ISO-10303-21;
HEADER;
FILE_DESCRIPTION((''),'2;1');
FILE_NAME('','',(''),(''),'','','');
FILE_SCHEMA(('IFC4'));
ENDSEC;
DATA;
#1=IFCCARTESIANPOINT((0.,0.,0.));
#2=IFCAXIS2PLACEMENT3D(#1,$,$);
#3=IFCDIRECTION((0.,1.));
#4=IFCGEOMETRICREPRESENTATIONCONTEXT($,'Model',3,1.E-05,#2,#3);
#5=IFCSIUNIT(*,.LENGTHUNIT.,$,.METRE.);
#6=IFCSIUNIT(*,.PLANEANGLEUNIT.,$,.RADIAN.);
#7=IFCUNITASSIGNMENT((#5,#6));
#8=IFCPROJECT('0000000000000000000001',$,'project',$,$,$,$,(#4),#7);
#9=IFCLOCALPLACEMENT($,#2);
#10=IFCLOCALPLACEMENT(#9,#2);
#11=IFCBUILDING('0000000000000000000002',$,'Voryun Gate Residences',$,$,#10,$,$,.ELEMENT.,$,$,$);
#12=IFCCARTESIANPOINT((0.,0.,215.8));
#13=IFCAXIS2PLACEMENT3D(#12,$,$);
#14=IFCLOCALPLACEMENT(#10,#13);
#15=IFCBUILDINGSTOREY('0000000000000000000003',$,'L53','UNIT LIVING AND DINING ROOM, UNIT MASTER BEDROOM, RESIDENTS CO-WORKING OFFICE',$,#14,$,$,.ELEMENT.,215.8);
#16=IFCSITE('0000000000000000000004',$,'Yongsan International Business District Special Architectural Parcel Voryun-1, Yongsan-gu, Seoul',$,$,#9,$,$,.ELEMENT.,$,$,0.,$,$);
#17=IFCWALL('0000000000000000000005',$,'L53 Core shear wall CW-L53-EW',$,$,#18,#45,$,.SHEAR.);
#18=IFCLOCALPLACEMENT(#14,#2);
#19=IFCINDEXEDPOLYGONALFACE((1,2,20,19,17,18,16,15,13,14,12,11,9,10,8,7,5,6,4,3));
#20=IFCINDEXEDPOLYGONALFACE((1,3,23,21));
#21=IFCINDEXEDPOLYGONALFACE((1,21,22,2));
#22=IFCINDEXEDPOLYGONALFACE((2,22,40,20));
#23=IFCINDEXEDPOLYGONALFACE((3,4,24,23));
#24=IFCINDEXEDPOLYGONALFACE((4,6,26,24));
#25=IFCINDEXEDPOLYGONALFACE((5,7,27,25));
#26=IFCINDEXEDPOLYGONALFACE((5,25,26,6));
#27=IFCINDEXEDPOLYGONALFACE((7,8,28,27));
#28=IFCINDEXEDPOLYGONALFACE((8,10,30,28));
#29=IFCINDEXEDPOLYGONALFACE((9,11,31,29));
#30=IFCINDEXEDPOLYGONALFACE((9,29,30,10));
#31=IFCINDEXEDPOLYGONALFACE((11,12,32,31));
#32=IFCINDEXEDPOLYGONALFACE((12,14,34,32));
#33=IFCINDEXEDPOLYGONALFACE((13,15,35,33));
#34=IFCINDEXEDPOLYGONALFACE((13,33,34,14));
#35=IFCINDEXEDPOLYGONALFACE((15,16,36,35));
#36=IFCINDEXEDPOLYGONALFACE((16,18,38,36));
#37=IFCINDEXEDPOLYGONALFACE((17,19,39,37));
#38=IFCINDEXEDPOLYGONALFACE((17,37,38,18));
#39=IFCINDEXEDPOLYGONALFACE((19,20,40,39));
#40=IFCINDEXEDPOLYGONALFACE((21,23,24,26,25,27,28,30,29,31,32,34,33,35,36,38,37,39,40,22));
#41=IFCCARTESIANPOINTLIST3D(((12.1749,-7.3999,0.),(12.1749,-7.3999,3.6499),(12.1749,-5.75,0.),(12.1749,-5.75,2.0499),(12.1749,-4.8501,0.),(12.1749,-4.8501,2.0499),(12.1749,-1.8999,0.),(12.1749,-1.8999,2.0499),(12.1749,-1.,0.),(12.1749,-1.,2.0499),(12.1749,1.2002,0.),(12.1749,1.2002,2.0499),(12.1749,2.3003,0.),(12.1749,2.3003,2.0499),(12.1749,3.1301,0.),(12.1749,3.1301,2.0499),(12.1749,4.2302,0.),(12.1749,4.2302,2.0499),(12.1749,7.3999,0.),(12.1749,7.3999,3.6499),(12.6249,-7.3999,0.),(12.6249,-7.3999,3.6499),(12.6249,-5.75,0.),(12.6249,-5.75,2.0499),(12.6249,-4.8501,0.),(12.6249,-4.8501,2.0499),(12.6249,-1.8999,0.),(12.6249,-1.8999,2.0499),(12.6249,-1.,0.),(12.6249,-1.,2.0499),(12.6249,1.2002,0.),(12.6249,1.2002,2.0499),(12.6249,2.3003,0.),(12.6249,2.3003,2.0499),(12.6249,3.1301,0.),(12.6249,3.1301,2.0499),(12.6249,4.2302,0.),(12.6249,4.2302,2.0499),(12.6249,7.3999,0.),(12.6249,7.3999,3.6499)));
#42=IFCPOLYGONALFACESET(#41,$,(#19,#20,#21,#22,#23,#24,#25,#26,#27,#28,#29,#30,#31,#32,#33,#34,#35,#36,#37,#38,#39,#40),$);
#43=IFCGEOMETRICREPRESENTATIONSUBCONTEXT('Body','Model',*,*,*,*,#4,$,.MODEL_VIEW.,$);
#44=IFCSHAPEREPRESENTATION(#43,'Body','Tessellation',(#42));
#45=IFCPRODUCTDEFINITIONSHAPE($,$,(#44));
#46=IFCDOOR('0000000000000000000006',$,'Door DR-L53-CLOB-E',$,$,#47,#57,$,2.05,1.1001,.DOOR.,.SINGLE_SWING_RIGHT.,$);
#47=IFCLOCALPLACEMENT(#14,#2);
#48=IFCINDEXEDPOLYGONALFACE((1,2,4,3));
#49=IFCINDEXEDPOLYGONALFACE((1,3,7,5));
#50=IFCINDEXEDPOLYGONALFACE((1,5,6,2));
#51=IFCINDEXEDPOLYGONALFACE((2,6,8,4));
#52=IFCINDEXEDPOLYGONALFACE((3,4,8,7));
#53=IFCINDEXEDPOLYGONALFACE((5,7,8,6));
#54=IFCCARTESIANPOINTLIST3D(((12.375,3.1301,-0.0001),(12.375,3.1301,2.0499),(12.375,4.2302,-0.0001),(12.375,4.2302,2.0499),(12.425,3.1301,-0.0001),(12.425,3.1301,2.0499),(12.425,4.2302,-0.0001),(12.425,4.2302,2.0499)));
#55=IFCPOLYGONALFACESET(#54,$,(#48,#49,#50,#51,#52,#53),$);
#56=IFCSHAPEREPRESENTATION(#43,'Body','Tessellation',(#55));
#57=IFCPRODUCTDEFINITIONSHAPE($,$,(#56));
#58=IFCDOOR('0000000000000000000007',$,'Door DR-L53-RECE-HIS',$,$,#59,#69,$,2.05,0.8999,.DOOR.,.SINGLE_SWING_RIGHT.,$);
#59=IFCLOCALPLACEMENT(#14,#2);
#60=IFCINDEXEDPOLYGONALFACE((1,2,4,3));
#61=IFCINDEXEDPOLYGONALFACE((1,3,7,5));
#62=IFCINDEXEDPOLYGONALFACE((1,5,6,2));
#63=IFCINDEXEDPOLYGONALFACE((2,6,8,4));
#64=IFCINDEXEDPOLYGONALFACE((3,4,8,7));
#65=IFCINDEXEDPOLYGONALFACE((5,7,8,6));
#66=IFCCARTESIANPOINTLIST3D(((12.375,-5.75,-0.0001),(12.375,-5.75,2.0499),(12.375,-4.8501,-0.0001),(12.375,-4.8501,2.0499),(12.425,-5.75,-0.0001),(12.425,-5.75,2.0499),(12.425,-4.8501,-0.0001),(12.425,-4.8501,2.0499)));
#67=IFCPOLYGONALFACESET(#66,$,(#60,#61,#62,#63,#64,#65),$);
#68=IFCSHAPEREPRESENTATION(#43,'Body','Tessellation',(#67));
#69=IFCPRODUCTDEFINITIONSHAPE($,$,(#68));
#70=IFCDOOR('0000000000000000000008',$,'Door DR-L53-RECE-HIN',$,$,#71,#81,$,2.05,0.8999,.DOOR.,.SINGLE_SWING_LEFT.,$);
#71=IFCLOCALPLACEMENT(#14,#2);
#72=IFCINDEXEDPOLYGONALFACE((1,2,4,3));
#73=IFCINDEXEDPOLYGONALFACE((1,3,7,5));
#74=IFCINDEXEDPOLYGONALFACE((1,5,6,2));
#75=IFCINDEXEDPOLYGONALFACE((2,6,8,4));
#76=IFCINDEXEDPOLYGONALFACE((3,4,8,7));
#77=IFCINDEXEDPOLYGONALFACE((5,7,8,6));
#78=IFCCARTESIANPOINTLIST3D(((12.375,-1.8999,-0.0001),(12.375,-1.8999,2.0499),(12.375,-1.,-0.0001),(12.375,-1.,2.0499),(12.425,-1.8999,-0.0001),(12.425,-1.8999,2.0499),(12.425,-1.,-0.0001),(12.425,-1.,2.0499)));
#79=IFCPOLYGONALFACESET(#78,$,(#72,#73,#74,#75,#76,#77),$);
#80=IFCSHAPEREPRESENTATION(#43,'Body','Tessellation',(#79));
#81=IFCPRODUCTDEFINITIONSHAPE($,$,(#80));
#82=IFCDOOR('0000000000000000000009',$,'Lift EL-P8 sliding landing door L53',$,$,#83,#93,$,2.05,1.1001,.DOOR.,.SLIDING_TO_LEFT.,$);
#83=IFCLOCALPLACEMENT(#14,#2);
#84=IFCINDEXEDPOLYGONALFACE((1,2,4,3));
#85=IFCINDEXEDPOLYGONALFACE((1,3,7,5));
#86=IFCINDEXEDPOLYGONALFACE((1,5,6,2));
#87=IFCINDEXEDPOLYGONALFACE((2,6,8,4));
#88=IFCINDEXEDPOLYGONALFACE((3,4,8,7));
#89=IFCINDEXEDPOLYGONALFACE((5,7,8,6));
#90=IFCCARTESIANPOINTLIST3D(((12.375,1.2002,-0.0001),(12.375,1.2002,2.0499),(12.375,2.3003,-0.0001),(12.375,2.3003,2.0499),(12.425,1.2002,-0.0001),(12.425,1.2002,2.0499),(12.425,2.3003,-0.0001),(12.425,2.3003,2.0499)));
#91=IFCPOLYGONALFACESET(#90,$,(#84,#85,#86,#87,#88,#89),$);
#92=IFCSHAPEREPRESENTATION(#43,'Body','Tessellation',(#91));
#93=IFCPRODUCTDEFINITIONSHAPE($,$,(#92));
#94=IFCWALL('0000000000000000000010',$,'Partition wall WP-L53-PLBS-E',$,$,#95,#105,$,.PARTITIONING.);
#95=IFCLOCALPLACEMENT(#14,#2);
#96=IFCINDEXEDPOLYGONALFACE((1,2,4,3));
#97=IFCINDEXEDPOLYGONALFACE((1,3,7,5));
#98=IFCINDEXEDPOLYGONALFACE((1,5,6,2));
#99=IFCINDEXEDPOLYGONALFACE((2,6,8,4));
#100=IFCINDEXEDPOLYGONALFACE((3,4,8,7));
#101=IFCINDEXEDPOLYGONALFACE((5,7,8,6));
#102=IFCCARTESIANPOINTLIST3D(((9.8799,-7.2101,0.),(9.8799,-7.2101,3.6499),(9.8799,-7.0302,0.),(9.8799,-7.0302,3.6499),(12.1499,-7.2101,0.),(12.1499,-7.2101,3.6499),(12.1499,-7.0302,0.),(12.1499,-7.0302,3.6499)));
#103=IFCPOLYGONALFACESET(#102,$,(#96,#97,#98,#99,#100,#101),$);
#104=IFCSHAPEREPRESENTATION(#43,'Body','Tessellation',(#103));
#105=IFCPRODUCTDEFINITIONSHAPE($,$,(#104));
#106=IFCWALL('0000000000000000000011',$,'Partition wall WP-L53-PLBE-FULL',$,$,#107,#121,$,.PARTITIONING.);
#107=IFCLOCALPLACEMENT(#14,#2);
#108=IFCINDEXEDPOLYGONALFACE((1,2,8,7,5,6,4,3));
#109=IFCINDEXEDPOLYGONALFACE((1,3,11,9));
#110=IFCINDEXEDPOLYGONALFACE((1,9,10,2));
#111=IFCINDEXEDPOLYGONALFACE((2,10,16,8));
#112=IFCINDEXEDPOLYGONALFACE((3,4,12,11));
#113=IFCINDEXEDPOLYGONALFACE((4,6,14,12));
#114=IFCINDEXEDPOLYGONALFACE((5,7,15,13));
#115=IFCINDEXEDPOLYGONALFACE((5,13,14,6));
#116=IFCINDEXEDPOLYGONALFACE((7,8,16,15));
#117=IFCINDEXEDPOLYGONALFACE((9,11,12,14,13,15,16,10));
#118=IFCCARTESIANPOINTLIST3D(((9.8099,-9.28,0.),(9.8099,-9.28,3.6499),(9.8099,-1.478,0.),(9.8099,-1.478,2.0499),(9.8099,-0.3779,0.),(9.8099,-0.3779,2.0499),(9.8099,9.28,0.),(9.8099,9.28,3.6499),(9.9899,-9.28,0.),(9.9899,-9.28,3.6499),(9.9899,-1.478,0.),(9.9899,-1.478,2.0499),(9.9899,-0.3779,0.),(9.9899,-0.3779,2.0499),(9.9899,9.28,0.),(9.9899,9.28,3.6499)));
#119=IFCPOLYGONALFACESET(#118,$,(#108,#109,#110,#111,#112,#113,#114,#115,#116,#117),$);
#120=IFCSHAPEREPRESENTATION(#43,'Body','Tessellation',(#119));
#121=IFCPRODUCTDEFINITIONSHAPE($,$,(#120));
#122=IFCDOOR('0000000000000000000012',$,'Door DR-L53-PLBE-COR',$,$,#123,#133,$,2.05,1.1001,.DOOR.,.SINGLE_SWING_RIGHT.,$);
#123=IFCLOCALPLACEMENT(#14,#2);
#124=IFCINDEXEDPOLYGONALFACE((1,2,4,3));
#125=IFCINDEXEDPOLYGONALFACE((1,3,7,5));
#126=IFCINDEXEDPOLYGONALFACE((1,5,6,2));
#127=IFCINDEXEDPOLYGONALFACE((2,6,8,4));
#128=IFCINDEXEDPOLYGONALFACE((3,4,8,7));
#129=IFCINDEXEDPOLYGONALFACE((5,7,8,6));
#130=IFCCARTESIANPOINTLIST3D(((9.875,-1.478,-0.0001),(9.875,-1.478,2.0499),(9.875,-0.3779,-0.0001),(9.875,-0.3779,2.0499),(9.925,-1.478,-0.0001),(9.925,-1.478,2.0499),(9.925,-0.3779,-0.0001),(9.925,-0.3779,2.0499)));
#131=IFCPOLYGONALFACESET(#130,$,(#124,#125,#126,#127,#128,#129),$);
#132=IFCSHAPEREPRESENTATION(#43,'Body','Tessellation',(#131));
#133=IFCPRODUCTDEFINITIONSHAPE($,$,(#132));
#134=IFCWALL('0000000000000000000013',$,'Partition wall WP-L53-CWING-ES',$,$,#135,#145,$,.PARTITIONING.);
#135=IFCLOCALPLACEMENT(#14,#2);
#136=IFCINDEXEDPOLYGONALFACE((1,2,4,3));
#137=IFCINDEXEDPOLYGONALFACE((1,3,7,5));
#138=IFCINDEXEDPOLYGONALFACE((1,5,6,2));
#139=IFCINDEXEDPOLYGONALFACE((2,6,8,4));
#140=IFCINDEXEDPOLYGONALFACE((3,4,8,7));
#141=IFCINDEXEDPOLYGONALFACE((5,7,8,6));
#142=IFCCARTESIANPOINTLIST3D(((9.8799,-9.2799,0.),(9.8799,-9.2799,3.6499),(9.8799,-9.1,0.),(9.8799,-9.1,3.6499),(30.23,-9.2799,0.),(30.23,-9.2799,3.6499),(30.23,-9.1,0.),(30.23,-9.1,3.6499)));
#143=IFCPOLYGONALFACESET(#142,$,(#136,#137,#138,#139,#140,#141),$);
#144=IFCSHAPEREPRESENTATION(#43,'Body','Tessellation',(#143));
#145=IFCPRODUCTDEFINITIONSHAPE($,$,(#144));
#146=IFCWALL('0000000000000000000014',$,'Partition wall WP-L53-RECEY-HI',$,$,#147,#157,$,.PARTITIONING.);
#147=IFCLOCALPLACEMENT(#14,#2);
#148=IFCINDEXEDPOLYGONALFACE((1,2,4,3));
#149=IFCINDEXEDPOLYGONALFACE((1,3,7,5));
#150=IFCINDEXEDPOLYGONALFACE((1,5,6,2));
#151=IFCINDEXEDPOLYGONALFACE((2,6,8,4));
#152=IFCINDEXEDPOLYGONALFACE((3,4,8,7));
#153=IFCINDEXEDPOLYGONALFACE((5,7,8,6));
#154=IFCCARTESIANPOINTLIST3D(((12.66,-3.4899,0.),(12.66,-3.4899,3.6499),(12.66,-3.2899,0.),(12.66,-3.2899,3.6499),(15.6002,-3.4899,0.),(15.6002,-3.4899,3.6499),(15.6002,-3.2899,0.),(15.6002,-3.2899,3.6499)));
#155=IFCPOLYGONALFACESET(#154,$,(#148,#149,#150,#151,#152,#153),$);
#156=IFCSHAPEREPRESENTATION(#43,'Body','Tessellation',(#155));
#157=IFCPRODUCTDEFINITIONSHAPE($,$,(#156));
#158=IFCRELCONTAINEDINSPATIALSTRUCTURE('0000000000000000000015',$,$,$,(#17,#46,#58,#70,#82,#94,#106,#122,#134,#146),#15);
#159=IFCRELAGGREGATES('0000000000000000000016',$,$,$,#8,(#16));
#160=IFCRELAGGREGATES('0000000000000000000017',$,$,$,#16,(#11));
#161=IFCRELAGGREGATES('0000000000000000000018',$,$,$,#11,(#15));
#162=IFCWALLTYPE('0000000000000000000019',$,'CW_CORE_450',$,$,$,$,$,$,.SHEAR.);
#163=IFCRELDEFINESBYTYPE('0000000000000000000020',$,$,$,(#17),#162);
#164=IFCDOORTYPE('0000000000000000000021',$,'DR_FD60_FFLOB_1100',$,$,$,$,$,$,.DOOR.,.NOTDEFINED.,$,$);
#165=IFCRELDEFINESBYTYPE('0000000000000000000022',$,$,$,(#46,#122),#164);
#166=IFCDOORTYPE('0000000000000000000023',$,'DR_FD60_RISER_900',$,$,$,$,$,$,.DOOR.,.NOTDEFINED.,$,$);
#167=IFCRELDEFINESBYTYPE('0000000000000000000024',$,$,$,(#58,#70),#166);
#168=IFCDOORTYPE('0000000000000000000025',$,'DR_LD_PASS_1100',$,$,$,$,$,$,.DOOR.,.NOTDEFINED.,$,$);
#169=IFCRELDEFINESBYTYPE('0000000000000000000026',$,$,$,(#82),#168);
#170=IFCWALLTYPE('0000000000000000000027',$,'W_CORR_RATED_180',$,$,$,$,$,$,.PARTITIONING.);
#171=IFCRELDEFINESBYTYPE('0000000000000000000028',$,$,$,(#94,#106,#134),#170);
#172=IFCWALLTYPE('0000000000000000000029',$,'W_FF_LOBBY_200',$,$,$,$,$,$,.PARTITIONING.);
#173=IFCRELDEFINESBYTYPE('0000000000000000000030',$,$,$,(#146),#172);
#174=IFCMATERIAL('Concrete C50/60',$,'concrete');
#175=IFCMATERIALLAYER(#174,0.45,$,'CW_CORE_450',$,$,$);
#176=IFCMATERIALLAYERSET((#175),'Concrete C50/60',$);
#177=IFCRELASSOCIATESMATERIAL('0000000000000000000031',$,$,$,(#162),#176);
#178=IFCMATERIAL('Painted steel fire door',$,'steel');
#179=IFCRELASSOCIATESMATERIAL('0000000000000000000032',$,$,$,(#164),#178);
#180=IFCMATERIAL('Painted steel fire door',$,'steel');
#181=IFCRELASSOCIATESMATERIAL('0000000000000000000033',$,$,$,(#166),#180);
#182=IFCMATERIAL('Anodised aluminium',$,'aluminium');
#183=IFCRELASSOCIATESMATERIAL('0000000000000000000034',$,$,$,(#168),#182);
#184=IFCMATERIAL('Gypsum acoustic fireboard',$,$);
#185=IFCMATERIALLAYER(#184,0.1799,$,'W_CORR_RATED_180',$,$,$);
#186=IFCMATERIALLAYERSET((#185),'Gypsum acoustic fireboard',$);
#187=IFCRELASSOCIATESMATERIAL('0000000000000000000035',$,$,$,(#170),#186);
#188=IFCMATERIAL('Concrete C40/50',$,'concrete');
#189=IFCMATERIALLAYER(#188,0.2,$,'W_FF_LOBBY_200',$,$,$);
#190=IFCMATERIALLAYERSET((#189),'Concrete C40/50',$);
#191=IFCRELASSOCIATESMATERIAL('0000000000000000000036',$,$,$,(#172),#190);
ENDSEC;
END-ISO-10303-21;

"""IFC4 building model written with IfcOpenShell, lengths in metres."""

from ifc_helpers import new_model, si_unit, direction, frame, frame_2d, origin, place, context, subcontext, project, spatial, rectangle, extrude, material, layer, layer_set, type_object, element, fill, save


model = new_model("IFC4")

# Units and contexts
model_context = context("Model", 3, precision=1e-05, world=origin(), true_north=direction((0.0, 1.0)))
body_context = subcontext(model_context, "Body", "Model", "MODEL_VIEW")
ifc_project = project(units=[si_unit("LENGTHUNIT", "METRE"), si_unit("PLANEANGLEUNIT", "RADIAN")], contexts=[model_context])

# Site, building, storey
site_placement = place(None, origin())
site = spatial("IfcSite", under=ifc_project, at=site_placement, Name="Yongsan International Business District Special Architectural Parcel Voryun-1, Yongsan-gu, Seoul", CompositionType="ELEMENT", RefElevation=0.0)
building_placement = place(site_placement, origin())
building = spatial("IfcBuilding", under=site, at=building_placement, Name="Voryun Gate Residences", CompositionType="ELEMENT")
storey_placement = place(building_placement, frame((0.0, 0.0, 215.8)))
storey = spatial("IfcBuildingStorey", under=building, at=storey_placement, Name="L53", Description="UNIT LIVING AND DINING ROOM, UNIT MASTER BEDROOM, RESIDENTS CO-WORKING OFFICE", CompositionType="ELEMENT", Elevation=215.8)

# Shared definitions
ifc_material_1 = material(Name="Concrete C50/60", Category="concrete")
ifc_layer_1 = layer(ifc_material_1, 0.45, Name="CW_CORE_450")
ifc_layer_set_1 = layer_set([ifc_layer_1], Name="Concrete C50/60")
wall_type_1 = type_object("IfcWallType", Name="CW_CORE_450", PredefinedType="SHEAR", material=ifc_layer_set_1)

# Wall, openings, doors
wall_1_placement = place(storey_placement, frame((12.3999, -7.3999, 0.0), z_axis=(0.0, 0.0, 1.0), x_axis=(0.0, 1.0, 0.0)))
wall_1 = element("IfcWall", 1, at=wall_1_placement, inside=storey, type_object=wall_type_1, Name="L53 Core shear wall CW-L53-EW", PredefinedType="SHEAR", context=body_context, shape_type="SweptSolid", body=[
    extrude(rectangle(XDim=14.7998, YDim=0.45, at=frame_2d((7.3999, 0.0))), origin(), (0.0, 0.0, 1.0), 3.6499),
])
opening_1_placement = place(wall_1_placement, frame((8.6001, 0.0, 0.0)))
opening_1 = element("IfcOpeningElement", 2, at=opening_1_placement, cuts=wall_1, PredefinedType="OPENING", context=body_context, shape_type="SweptSolid", body=[
    extrude(rectangle(XDim=1.1001, YDim=2.05, at=frame_2d((0.55, 1.0249))), frame((0.0, 0.2351, 0.0), z_axis=(0.0, -1.0, 0.0), x_axis=(1.0, 0.0, 0.0)), (0.0, 0.0, 1.0), 0.47),
])
opening_2_placement = place(wall_1_placement, frame((10.53, 0.0, 0.0)))
opening_2 = element("IfcOpeningElement", 3, at=opening_2_placement, cuts=wall_1, PredefinedType="OPENING", context=body_context, shape_type="SweptSolid", body=[
    extrude(rectangle(XDim=1.1001, YDim=2.05, at=frame_2d((0.55, 1.0249))), frame((0.0, 0.2351, 0.0), z_axis=(0.0, -1.0, 0.0), x_axis=(1.0, 0.0, 0.0)), (0.0, 0.0, 1.0), 0.47),
])
opening_3_placement = place(wall_1_placement, frame((1.6499, 0.0, 0.0)))
opening_3 = element("IfcOpeningElement", 4, at=opening_3_placement, cuts=wall_1, PredefinedType="OPENING", context=body_context, shape_type="SweptSolid", body=[
    extrude(rectangle(XDim=0.8999, YDim=2.05, at=frame_2d((0.45, 1.0249))), frame((0.0, 0.2351, 0.0), z_axis=(0.0, -1.0, 0.0), x_axis=(1.0, 0.0, 0.0)), (0.0, 0.0, 1.0), 0.47),
])
opening_4_placement = place(wall_1_placement, frame((5.5, 0.0, 0.0)))
opening_4 = element("IfcOpeningElement", 5, at=opening_4_placement, cuts=wall_1, PredefinedType="OPENING", context=body_context, shape_type="SweptSolid", body=[
    extrude(rectangle(XDim=0.8999, YDim=2.05, at=frame_2d((0.45, 1.0249))), frame((0.0, 0.2351, 0.0), z_axis=(0.0, -1.0, 0.0), x_axis=(1.0, 0.0, 0.0)), (0.0, 0.0, 1.0), 0.47),
])
ifc_material_2 = material(Name="Painted steel fire door", Category="steel")
door_type_1 = type_object("IfcDoorType", Name="DR_FD60_FFLOB_1100", OperationType="NOTDEFINED", PredefinedType="DOOR", material=ifc_material_2)
door_1_placement = place(opening_2_placement, origin())
door_1 = element("IfcDoor", 6, at=door_1_placement, inside=storey, type_object=door_type_1, Name="Door DR-L53-CLOB-E", OperationType="SINGLE_SWING_RIGHT", OverallHeight=2.05, OverallWidth=1.1001, PredefinedType="DOOR", context=body_context, shape_type="SweptSolid", body=[
    extrude(rectangle(XDim=1.1001, YDim=2.05, at=frame_2d((0.55, 1.0249))), frame((0.0, 0.0249, 0.0), z_axis=(0.0, -1.0, 0.0), x_axis=(1.0, 0.0, 0.0)), (0.0, 0.0, 1.0), 0.05),
])
fill(opening_2, door_1)
ifc_material_3 = material(Name="Painted steel fire door", Category="steel")
door_type_2 = type_object("IfcDoorType", Name="DR_FD60_RISER_900", OperationType="NOTDEFINED", PredefinedType="DOOR", material=ifc_material_3)
door_2_placement = place(opening_3_placement, origin())
door_2 = element("IfcDoor", 7, at=door_2_placement, inside=storey, type_object=door_type_2, Name="Door DR-L53-RECE-HIS", OperationType="SINGLE_SWING_RIGHT", OverallHeight=2.05, OverallWidth=0.8999, PredefinedType="DOOR", context=body_context, shape_type="SweptSolid", body=[
    extrude(rectangle(XDim=0.8999, YDim=2.05, at=frame_2d((0.45, 1.0249))), frame((0.0, 0.0249, 0.0), z_axis=(0.0, -1.0, 0.0), x_axis=(1.0, 0.0, 0.0)), (0.0, 0.0, 1.0), 0.05),
])
fill(opening_3, door_2)
door_3_placement = place(opening_4_placement, origin())
door_3 = element("IfcDoor", 8, at=door_3_placement, inside=storey, type_object=door_type_2, Name="Door DR-L53-RECE-HIN", OperationType="SINGLE_SWING_LEFT", OverallHeight=2.05, OverallWidth=0.8999, PredefinedType="DOOR", context=body_context, shape_type="SweptSolid", body=[
    extrude(rectangle(XDim=0.8999, YDim=2.05, at=frame_2d((0.45, 1.0249))), frame((0.0, 0.0249, 0.0), z_axis=(0.0, -1.0, 0.0), x_axis=(1.0, 0.0, 0.0)), (0.0, 0.0, 1.0), 0.05),
])
fill(opening_4, door_3)
ifc_material_4 = material(Name="Anodised aluminium", Category="aluminium")
door_type_3 = type_object("IfcDoorType", Name="DR_LD_PASS_1100", OperationType="NOTDEFINED", PredefinedType="DOOR", material=ifc_material_4)
door_4_placement = place(opening_1_placement, origin())
door_4 = element("IfcDoor", 9, at=door_4_placement, inside=storey, type_object=door_type_3, Name="Lift EL-P8 sliding landing door L53", OperationType="SLIDING_TO_LEFT", OverallHeight=2.05, OverallWidth=1.1001, PredefinedType="DOOR", context=body_context, shape_type="SweptSolid", body=[
    extrude(rectangle(XDim=1.1001, YDim=2.05, at=frame_2d((0.55, 1.0249))), frame((0.0, 0.0249, 0.0), z_axis=(0.0, -1.0, 0.0), x_axis=(1.0, 0.0, 0.0)), (0.0, 0.0, 1.0), 0.05),
])
fill(opening_1, door_4)

# Wall
ifc_material_5 = material(Name="Gypsum acoustic fireboard")
ifc_layer_2 = layer(ifc_material_5, 0.1799, Name="W_CORR_RATED_180")
ifc_layer_set_2 = layer_set([ifc_layer_2], Name="Gypsum acoustic fireboard")
wall_type_2 = type_object("IfcWallType", Name="W_CORR_RATED_180", PredefinedType="PARTITIONING", material=ifc_layer_set_2)
wall_2_placement = place(storey_placement, frame((9.8799, -7.1201, 0.0), z_axis=(0.0, 0.0, 1.0), x_axis=(1.0, 0.0, 0.0)))
element("IfcWall", 10, at=wall_2_placement, inside=storey, type_object=wall_type_2, Name="Partition wall WP-L53-PLBS-E", PredefinedType="PARTITIONING", context=body_context, shape_type="SweptSolid", body=[
    extrude(rectangle(XDim=2.27, YDim=0.1799, at=frame_2d((1.135, 0.0))), origin(), (0.0, 0.0, 1.0), 3.6499),
])

# Wall, opening, door
wall_3_placement = place(storey_placement, frame((9.8999, -9.28, 0.0), z_axis=(0.0, 0.0, 1.0), x_axis=(0.0, 1.0, 0.0)))
wall_3 = element("IfcWall", 11, at=wall_3_placement, inside=storey, type_object=wall_type_2, Name="Partition wall WP-L53-PLBE-FULL", PredefinedType="PARTITIONING", context=body_context, shape_type="SweptSolid", body=[
    extrude(rectangle(XDim=18.5601, YDim=0.1799, at=frame_2d((9.28, 0.0))), origin(), (0.0, 0.0, 1.0), 3.6499),
])
opening_5_placement = place(wall_3_placement, frame((7.802, 0.0, 0.0)))
opening_5 = element("IfcOpeningElement", 12, at=opening_5_placement, cuts=wall_3, PredefinedType="OPENING", context=body_context, shape_type="SweptSolid", body=[
    extrude(rectangle(XDim=1.1001, YDim=2.05, at=frame_2d((0.55, 1.0249))), frame((0.0, 0.0999, 0.0), z_axis=(0.0, -1.0, 0.0), x_axis=(1.0, 0.0, 0.0)), (0.0, 0.0, 1.0), 0.2),
])
door_5_placement = place(opening_5_placement, origin())
door_5 = element("IfcDoor", 13, at=door_5_placement, inside=storey, type_object=door_type_1, Name="Door DR-L53-PLBE-COR", OperationType="SINGLE_SWING_RIGHT", OverallHeight=2.05, OverallWidth=1.1001, PredefinedType="DOOR", context=body_context, shape_type="SweptSolid", body=[
    extrude(rectangle(XDim=1.1001, YDim=2.05, at=frame_2d((0.55, 1.0249))), frame((0.0, 0.0249, 0.0), z_axis=(0.0, -1.0, 0.0), x_axis=(1.0, 0.0, 0.0)), (0.0, 0.0, 1.0), 0.05),
])
fill(opening_5, door_5)

# Walls
wall_4_placement = place(storey_placement, frame((9.8799, -9.1899, 0.0), z_axis=(0.0, 0.0, 1.0), x_axis=(1.0, 0.0, 0.0)))
element("IfcWall", 14, at=wall_4_placement, inside=storey, type_object=wall_type_2, Name="Partition wall WP-L53-CWING-ES", PredefinedType="PARTITIONING", context=body_context, shape_type="SweptSolid", body=[
    extrude(rectangle(XDim=20.3501, YDim=0.1799, at=frame_2d((10.175, 0.0))), origin(), (0.0, 0.0, 1.0), 3.6499),
])
ifc_material_6 = material(Name="Concrete C40/50", Category="concrete")
ifc_layer_3 = layer(ifc_material_6, 0.2, Name="W_FF_LOBBY_200")
ifc_layer_set_3 = layer_set([ifc_layer_3], Name="Concrete C40/50")
wall_type_3 = type_object("IfcWallType", Name="W_FF_LOBBY_200", PredefinedType="PARTITIONING", material=ifc_layer_set_3)
wall_5_placement = place(storey_placement, frame((12.6599, -3.3899, 0.0), z_axis=(0.0, 0.0, 1.0), x_axis=(1.0, 0.0, 0.0)))
element("IfcWall", 15, at=wall_5_placement, inside=storey, type_object=wall_type_3, Name="Partition wall WP-L53-RECEY-HI", PredefinedType="PARTITIONING", context=body_context, shape_type="SweptSolid", body=[
    extrude(rectangle(XDim=2.9402, YDim=0.2, at=frame_2d((1.4702, 0.0))), origin(), (0.0, 0.0, 1.0), 3.6499),
])

save(model, "model.ifc")
